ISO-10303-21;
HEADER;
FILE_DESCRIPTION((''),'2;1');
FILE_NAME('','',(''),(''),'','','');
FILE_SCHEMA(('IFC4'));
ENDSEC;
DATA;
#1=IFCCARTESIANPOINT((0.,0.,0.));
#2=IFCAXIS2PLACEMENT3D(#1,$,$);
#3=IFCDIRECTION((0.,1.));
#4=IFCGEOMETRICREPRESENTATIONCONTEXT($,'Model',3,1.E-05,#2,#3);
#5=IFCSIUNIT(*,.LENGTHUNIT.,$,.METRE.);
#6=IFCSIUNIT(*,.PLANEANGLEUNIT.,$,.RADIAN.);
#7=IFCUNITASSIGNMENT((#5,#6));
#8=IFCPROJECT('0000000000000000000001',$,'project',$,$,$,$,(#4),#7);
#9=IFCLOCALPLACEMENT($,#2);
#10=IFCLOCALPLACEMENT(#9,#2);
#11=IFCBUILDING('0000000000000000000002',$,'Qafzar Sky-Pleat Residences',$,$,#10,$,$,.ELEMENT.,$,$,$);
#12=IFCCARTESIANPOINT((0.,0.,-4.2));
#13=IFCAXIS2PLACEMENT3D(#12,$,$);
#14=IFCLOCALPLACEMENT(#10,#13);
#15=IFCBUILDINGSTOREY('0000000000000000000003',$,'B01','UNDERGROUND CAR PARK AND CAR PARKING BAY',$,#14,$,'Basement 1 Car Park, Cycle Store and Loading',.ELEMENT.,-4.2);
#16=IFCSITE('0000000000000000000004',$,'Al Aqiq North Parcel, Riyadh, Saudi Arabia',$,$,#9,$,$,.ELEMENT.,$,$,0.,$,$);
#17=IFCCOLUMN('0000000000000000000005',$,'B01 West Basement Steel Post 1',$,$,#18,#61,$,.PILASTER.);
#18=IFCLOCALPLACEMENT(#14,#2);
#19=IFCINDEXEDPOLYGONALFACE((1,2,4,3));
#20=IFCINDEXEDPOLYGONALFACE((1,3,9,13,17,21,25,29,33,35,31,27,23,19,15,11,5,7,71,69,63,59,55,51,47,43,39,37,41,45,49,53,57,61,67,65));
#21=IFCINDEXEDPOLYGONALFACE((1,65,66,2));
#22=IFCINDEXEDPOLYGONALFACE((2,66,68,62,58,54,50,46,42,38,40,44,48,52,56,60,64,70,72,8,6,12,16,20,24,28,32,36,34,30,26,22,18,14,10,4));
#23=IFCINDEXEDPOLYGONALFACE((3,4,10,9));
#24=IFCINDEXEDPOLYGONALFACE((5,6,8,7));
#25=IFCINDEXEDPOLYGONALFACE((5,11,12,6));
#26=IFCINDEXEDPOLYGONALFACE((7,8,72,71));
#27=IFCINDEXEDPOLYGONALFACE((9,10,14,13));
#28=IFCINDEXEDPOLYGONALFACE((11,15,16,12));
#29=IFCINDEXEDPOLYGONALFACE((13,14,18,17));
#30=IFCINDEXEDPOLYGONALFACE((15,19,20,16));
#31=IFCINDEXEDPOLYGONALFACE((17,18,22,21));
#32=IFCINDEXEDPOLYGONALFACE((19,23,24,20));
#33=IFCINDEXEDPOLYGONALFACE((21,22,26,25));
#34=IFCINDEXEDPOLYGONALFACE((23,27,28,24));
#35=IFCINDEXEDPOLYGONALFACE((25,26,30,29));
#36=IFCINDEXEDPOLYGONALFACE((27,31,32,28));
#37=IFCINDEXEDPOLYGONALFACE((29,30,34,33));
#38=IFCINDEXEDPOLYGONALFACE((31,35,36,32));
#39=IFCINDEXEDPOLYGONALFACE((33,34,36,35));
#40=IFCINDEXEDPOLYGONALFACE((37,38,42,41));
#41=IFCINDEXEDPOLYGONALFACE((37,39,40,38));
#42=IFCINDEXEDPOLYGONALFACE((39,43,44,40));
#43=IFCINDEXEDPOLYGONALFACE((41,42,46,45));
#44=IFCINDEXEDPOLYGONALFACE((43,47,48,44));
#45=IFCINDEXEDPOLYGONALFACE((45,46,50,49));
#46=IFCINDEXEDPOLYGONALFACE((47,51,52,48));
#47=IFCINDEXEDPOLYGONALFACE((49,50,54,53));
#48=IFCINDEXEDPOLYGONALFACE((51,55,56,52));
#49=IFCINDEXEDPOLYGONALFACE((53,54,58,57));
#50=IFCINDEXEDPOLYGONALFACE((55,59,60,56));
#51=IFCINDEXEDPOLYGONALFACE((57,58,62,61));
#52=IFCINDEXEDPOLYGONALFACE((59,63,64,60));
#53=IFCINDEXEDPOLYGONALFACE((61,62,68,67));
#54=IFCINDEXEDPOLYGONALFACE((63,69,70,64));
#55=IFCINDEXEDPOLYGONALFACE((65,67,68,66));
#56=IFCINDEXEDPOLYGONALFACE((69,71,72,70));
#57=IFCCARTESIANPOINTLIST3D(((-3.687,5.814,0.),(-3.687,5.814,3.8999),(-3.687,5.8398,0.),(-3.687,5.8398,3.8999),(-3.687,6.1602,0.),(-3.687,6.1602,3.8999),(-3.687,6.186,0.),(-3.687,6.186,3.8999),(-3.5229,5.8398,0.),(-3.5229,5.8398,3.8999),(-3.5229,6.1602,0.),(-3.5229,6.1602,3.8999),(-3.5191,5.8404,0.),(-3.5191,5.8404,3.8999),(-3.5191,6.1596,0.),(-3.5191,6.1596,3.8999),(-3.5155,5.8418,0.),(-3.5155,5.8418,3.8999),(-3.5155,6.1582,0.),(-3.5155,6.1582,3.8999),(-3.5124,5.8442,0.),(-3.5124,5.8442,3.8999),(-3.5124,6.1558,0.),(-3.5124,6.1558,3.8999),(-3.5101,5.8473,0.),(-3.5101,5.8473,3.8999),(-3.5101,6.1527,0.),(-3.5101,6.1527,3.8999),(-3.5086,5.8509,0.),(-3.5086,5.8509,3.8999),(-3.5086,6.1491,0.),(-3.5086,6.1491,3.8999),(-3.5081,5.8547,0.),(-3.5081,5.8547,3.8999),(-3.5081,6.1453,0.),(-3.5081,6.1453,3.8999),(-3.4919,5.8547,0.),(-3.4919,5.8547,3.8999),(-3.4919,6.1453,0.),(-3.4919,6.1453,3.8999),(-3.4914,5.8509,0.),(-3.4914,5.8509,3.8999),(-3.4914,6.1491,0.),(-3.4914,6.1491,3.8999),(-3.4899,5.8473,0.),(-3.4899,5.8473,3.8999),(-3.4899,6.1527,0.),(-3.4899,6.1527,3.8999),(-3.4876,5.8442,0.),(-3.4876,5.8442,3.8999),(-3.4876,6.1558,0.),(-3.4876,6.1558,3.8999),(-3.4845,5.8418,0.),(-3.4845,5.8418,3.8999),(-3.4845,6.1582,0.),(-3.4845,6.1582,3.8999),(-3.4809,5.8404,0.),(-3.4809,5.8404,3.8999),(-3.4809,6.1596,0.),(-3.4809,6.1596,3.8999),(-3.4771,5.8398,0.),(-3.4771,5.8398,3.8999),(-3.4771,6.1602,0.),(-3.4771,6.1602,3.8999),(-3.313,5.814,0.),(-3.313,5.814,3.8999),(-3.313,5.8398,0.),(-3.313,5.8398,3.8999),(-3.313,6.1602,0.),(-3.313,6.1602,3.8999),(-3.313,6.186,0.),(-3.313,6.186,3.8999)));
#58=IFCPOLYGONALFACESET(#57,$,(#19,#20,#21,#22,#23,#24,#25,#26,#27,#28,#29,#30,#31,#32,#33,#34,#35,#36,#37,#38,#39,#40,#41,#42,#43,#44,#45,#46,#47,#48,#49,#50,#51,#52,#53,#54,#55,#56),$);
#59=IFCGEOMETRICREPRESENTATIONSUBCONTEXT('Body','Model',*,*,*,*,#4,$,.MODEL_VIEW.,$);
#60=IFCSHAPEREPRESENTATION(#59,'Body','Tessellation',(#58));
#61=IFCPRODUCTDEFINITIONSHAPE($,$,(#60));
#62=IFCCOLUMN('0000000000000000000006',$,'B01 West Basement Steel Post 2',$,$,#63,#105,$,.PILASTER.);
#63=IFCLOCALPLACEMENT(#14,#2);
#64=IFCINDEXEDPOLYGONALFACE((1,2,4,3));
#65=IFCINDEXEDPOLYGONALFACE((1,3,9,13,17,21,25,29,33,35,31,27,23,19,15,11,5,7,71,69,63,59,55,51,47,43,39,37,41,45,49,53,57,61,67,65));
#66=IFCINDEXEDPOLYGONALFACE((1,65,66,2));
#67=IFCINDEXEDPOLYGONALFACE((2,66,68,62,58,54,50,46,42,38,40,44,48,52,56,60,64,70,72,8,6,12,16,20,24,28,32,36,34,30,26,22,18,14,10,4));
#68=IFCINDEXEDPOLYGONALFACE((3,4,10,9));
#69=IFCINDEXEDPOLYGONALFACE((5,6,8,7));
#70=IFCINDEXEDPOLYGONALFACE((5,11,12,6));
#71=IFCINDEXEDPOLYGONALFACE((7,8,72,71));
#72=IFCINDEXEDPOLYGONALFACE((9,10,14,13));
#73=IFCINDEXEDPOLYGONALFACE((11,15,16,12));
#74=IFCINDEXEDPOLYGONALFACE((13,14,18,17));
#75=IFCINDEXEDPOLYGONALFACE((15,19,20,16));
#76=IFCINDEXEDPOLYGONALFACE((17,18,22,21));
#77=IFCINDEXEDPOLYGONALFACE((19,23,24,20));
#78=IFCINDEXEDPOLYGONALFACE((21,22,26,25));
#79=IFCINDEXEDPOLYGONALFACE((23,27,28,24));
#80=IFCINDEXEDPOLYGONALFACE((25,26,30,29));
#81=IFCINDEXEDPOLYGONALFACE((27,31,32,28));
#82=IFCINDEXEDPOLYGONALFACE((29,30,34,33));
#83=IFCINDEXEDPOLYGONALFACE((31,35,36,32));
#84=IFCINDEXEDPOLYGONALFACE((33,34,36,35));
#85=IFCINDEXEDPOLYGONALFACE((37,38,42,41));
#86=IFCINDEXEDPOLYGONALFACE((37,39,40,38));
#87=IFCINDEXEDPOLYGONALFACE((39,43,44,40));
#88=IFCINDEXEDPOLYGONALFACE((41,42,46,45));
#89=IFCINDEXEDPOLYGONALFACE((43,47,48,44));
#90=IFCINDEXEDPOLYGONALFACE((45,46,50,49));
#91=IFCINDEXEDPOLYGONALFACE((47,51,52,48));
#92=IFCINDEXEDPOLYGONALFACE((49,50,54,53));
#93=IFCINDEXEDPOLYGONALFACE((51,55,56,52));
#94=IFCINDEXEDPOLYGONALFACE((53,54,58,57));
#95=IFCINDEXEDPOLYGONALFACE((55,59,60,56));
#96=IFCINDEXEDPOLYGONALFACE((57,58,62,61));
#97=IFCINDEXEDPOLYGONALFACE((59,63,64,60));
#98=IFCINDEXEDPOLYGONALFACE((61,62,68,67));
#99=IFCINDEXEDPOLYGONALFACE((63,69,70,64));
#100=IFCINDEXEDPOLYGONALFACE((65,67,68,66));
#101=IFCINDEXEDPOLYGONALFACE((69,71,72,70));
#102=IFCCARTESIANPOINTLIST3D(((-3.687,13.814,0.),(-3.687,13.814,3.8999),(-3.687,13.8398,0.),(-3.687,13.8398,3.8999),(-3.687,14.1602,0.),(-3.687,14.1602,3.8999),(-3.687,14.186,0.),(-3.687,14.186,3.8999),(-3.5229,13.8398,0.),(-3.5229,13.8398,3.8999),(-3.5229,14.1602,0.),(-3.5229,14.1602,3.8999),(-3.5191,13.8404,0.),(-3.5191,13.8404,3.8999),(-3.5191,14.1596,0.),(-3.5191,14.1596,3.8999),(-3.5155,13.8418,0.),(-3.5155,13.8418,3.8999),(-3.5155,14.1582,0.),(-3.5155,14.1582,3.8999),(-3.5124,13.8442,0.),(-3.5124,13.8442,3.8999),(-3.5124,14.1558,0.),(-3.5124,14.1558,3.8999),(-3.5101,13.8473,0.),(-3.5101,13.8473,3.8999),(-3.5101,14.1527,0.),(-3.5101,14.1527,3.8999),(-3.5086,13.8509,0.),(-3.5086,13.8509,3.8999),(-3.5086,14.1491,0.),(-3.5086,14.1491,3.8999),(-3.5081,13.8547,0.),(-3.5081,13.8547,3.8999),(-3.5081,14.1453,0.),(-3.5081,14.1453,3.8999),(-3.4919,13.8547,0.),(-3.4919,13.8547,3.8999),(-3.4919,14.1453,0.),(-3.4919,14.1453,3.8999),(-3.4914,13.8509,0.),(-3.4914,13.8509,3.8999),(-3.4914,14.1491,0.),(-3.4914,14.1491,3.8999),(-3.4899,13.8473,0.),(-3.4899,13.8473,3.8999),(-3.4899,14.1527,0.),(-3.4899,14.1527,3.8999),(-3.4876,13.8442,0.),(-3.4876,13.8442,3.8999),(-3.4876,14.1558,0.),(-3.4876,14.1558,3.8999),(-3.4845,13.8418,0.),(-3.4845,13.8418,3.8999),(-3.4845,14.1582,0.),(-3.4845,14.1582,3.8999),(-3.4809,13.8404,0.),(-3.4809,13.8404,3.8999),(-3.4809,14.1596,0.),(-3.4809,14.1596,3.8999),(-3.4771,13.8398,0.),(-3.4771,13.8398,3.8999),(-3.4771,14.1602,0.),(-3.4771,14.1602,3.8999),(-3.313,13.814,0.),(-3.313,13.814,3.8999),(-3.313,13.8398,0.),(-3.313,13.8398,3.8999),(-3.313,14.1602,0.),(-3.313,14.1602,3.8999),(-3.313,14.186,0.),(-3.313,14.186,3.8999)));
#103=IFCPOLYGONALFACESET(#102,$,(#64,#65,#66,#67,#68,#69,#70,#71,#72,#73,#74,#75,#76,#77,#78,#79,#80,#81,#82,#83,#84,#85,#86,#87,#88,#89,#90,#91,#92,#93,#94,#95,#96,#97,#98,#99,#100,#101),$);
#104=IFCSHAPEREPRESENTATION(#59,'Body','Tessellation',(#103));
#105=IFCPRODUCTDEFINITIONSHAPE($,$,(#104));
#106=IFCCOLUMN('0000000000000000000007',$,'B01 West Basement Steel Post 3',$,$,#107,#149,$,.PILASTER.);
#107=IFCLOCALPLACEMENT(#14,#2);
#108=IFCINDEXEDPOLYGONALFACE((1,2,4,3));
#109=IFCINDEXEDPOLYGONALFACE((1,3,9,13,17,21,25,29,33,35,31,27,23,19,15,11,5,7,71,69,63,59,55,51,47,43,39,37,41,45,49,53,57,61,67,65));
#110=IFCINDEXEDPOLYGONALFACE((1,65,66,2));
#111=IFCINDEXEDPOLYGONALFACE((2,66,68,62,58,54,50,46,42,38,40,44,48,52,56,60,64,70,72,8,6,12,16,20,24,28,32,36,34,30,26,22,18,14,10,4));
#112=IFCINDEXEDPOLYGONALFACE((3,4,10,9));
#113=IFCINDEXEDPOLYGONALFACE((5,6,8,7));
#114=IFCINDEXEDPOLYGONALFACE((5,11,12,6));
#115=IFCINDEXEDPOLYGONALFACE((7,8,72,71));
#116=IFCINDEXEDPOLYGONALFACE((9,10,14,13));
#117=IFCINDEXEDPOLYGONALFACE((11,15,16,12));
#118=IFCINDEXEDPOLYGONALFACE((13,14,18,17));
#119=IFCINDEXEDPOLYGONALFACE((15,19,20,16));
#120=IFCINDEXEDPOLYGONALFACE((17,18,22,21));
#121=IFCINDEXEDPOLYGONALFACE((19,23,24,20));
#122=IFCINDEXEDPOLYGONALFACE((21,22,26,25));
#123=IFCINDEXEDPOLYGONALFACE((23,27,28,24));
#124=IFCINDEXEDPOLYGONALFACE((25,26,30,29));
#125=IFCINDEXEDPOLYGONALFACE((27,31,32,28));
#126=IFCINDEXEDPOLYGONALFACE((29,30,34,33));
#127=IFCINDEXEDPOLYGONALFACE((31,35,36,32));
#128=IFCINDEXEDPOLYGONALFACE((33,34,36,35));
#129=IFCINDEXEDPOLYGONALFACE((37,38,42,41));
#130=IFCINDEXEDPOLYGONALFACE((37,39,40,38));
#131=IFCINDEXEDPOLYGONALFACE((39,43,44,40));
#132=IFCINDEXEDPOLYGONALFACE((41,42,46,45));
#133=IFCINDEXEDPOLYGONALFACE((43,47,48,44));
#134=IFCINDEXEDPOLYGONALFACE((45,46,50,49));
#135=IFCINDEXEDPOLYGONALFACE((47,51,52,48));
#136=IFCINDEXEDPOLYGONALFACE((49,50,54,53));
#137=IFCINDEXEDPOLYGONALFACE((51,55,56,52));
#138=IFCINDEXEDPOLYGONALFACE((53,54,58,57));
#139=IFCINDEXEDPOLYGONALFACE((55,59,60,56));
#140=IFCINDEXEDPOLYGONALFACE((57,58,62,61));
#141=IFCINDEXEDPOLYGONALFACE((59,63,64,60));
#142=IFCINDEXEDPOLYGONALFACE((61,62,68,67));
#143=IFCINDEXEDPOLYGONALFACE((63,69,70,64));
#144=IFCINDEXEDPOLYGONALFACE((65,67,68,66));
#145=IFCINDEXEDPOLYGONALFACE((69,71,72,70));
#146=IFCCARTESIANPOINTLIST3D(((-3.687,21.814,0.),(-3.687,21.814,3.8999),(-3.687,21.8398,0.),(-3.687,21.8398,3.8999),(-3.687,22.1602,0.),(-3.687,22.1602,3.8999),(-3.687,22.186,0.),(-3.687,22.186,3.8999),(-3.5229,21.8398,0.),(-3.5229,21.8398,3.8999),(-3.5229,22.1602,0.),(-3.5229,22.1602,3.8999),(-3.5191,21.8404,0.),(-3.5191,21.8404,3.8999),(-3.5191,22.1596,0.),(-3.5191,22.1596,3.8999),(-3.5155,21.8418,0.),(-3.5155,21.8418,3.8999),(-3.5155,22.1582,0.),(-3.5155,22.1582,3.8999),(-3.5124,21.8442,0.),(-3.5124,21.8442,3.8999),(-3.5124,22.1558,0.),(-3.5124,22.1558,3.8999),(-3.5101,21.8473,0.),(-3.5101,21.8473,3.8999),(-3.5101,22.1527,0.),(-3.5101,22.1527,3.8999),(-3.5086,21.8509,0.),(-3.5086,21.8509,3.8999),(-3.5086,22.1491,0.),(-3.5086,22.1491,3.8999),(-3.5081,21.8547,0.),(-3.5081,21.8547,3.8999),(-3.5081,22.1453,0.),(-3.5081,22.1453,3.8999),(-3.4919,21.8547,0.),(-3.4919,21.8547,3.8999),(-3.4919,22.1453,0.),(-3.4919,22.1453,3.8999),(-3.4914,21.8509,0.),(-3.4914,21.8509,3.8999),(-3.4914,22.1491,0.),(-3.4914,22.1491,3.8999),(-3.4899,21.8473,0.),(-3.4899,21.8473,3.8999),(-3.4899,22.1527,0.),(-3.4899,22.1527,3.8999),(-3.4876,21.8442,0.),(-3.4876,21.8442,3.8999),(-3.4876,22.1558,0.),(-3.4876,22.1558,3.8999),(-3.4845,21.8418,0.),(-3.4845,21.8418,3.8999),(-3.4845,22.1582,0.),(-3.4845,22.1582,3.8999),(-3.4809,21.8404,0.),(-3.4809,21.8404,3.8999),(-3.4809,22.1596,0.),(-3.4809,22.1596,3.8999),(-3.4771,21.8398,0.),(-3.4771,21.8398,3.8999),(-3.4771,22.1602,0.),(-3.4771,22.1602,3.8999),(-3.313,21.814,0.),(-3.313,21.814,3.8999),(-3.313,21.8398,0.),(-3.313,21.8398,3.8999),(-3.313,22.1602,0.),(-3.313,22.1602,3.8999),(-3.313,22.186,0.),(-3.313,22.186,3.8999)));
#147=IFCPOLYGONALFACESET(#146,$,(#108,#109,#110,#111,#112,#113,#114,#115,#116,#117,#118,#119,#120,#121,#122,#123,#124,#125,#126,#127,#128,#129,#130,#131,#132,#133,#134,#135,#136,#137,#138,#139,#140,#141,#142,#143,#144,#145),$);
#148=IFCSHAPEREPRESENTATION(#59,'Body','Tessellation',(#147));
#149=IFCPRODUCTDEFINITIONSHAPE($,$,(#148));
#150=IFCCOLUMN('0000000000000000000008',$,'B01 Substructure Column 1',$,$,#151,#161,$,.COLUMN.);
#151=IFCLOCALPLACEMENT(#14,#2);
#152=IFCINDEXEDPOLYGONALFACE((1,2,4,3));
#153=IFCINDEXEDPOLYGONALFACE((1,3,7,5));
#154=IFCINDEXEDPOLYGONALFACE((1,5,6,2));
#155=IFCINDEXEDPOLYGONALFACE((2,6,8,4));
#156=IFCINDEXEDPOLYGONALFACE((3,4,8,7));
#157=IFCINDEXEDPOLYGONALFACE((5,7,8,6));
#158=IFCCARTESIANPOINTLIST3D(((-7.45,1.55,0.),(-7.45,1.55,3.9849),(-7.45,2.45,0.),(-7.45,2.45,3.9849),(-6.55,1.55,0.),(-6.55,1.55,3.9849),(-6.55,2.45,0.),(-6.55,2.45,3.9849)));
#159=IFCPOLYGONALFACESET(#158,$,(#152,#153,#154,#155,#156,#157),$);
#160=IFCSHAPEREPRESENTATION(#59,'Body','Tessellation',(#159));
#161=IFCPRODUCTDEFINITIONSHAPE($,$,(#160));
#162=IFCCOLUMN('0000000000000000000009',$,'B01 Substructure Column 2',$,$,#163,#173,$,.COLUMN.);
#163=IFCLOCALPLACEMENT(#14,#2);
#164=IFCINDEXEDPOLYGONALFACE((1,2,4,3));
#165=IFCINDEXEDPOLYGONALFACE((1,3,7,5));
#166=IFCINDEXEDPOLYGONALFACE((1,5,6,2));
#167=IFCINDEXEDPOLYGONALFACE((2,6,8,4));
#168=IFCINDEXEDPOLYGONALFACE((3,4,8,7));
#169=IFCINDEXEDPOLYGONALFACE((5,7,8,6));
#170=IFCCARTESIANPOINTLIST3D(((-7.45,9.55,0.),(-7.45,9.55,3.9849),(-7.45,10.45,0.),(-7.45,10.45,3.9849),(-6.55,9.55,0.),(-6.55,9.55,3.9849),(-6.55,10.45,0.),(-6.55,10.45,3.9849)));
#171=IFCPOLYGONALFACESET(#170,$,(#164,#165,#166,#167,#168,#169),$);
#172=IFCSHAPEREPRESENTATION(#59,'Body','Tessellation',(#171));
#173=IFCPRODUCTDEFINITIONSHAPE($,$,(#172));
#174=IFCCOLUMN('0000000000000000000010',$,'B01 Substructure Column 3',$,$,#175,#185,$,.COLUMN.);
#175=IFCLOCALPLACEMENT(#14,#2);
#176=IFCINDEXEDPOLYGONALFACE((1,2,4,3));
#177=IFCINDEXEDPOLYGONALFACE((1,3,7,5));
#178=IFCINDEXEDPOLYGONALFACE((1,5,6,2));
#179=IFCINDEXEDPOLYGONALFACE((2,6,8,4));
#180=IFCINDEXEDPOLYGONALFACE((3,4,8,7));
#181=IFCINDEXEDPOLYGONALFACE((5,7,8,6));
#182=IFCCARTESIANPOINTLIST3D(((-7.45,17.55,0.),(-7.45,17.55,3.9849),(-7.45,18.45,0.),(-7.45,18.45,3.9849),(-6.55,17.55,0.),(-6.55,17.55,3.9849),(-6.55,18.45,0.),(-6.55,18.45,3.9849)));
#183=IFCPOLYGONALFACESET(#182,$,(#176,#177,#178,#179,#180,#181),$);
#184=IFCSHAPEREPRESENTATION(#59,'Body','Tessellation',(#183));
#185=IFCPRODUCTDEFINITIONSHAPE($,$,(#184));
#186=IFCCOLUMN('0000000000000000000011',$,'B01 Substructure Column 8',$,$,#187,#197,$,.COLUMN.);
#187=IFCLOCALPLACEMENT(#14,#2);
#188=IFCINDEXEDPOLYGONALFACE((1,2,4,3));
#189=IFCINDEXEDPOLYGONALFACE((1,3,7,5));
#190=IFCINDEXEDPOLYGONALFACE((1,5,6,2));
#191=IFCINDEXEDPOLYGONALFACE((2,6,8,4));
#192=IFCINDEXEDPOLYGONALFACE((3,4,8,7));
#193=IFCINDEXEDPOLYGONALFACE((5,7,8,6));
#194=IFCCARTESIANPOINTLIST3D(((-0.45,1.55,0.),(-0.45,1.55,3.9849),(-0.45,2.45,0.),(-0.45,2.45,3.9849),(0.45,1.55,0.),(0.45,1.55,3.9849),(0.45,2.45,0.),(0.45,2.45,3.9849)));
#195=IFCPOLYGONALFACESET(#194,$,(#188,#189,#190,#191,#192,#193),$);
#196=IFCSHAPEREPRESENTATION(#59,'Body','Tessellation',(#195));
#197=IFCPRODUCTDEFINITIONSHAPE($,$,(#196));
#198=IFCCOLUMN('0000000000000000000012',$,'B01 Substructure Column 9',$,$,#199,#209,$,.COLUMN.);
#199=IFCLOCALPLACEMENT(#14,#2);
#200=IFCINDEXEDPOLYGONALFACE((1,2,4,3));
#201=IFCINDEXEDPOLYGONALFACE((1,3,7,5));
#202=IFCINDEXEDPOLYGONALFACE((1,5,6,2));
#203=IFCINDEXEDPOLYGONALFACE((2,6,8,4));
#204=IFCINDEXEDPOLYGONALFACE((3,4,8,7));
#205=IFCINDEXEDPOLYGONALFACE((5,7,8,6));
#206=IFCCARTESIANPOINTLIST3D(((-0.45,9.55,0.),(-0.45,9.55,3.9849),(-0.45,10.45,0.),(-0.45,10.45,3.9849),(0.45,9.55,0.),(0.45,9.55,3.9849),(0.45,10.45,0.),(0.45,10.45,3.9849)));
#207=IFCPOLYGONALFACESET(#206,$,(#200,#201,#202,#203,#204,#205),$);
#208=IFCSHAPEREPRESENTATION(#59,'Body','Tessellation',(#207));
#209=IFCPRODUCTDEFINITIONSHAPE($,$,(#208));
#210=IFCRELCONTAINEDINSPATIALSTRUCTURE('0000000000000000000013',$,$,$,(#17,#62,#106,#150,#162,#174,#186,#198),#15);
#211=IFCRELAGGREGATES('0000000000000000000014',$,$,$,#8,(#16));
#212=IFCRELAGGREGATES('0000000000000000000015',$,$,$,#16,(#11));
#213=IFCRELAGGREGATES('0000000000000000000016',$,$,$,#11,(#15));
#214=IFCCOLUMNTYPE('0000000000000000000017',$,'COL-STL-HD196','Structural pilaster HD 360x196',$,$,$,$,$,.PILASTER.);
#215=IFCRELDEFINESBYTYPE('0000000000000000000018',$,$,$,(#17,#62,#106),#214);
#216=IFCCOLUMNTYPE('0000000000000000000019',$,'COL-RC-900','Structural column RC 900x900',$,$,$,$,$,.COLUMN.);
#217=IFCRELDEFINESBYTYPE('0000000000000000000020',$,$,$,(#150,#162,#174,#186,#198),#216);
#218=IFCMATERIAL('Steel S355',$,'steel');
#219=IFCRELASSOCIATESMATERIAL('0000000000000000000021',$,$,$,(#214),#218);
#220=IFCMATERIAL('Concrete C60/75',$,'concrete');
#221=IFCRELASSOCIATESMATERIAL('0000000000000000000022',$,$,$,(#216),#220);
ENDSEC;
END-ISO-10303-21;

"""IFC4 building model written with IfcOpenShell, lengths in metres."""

from ifc_helpers import new_model, si_unit, direction, frame, origin, origin_2d, place, context, subcontext, project, spatial, rectangle, i_section, extrude, source, transform, mapped, material, material_profile, profile_set, type_object, element, save


model = new_model("IFC4")

# Units and contexts
model_context = context("Model", 3, precision=1e-05, world=origin(), true_north=direction((0.0, 1.0)))
body_context = subcontext(model_context, "Body", "Model", "MODEL_VIEW")
ifc_project = project(units=[si_unit("LENGTHUNIT", "METRE"), si_unit("PLANEANGLEUNIT", "RADIAN")], contexts=[model_context])

# Site, building, storey
site_placement = place(None, origin())
site = spatial("IfcSite", under=ifc_project, at=site_placement, Name="Al Aqiq North Parcel, Riyadh, Saudi Arabia", CompositionType="ELEMENT", RefElevation=0.0)
building_placement = place(site_placement, origin())
building = spatial("IfcBuilding", under=site, at=building_placement, Name="Qafzar Sky-Pleat Residences", CompositionType="ELEMENT")
storey_placement = place(building_placement, frame((0.0, 0.0, -4.2)))
storey = spatial("IfcBuildingStorey", under=building, at=storey_placement, Name="B01", Description="UNDERGROUND CAR PARK AND CAR PARKING BAY", LongName="Basement 1 Car Park, Cycle Store and Loading", CompositionType="ELEMENT", Elevation=-4.2)

# Columns
ifc_material_1 = material(Name="Steel S355", Category="steel")
ifc_material_profile_1 = material_profile(ifc_material_1, i_section(OverallWidth=0.374, OverallDepth=0.3721, WebThickness=0.0161, FlangeThickness=0.0259, FilletRadius=0.0149, at=origin_2d()), Name="HD 360x196")
ifc_profile_set_1 = profile_set([ifc_material_profile_1], Name="Steel S355")
column_type_1 = type_object("IfcColumnType", Name="COL-STL-HD196", Description="Structural pilaster HD 360x196", PredefinedType="PILASTER", material=ifc_profile_set_1)
shared_shape_1 = source(origin(), body_context, "Body", "SweptSolid", [
    extrude(i_section(OverallWidth=0.374, OverallDepth=0.3721, WebThickness=0.0161, FlangeThickness=0.0259, FilletRadius=0.0149, at=origin_2d()), origin(), (0.0, 0.0, 1.0), 3.8999),
])
for number, where, z_axis, x_axis, name in (
    (1, (-3.5, 6.0, 0.0), (0.0, 0.0, 1.0), (1.0, 0.0, 0.0), "B01 West Basement Steel Post 1"),
    (2, (-3.5, 14.0, 0.0), (0.0, 0.0, 1.0), (1.0, 0.0, 0.0), "B01 West Basement Steel Post 2"),
    (3, (-3.5, 22.0, 0.0), (0.0, 0.0, 1.0), (1.0, 0.0, 0.0), "B01 West Basement Steel Post 3"),
):
    element("IfcColumn", number, at=place(storey_placement, frame(where, z_axis=z_axis, x_axis=x_axis)), inside=storey, type_object=column_type_1, Name=name, PredefinedType="PILASTER", context=body_context, shape_type="MappedRepresentation", body=[
        mapped(shared_shape_1, transform((0.0, 0.0, 0.0), x_axis=(1.0, 0.0, 0.0), y_axis=(0.0, 1.0, 0.0), z_axis=(0.0, 0.0, 1.0), scale=1.0)),
    ])
ifc_material_2 = material(Name="Concrete C60/75", Category="concrete")
ifc_material_profile_2 = material_profile(ifc_material_2, rectangle(XDim=0.8999, YDim=0.8999, at=origin_2d()), Name="RC 900x900")
ifc_profile_set_2 = profile_set([ifc_material_profile_2], Name="Concrete C60/75")
column_type_2 = type_object("IfcColumnType", Name="COL-RC-900", Description="Structural column RC 900x900", PredefinedType="COLUMN", material=ifc_profile_set_2)
shared_shape_2 = source(origin(), body_context, "Body", "SweptSolid", [
    extrude(rectangle(XDim=0.8999, YDim=0.8999, at=origin_2d()), origin(), (0.0, 0.0, 1.0), 3.9849),
])
for number, where, z_axis, x_axis, name in (
    (4, (-7.0, 2.0, 0.0), (0.0, 0.0, 1.0), (1.0, 0.0, 0.0), "B01 Substructure Column 1"),
    (5, (-7.0, 10.0, 0.0), (0.0, 0.0, 1.0), (1.0, 0.0, 0.0), "B01 Substructure Column 2"),
    (6, (-7.0, 18.0, 0.0), (0.0, 0.0, 1.0), (1.0, 0.0, 0.0), "B01 Substructure Column 3"),
    (7, (0.0, 2.0, 0.0), (0.0, 0.0, 1.0), (1.0, 0.0, 0.0), "B01 Substructure Column 8"),
    (8, (0.0, 10.0, 0.0), (0.0, 0.0, 1.0), (1.0, 0.0, 0.0), "B01 Substructure Column 9"),
):
    element("IfcColumn", number, at=place(storey_placement, frame(where, z_axis=z_axis, x_axis=x_axis)), inside=storey, type_object=column_type_2, Name=name, PredefinedType="COLUMN", context=body_context, shape_type="MappedRepresentation", body=[
        mapped(shared_shape_2, transform((0.0, 0.0, 0.0), x_axis=(1.0, 0.0, 0.0), y_axis=(0.0, 1.0, 0.0), z_axis=(0.0, 0.0, 1.0), scale=1.0)),
    ])

save(model, "model.ifc")
